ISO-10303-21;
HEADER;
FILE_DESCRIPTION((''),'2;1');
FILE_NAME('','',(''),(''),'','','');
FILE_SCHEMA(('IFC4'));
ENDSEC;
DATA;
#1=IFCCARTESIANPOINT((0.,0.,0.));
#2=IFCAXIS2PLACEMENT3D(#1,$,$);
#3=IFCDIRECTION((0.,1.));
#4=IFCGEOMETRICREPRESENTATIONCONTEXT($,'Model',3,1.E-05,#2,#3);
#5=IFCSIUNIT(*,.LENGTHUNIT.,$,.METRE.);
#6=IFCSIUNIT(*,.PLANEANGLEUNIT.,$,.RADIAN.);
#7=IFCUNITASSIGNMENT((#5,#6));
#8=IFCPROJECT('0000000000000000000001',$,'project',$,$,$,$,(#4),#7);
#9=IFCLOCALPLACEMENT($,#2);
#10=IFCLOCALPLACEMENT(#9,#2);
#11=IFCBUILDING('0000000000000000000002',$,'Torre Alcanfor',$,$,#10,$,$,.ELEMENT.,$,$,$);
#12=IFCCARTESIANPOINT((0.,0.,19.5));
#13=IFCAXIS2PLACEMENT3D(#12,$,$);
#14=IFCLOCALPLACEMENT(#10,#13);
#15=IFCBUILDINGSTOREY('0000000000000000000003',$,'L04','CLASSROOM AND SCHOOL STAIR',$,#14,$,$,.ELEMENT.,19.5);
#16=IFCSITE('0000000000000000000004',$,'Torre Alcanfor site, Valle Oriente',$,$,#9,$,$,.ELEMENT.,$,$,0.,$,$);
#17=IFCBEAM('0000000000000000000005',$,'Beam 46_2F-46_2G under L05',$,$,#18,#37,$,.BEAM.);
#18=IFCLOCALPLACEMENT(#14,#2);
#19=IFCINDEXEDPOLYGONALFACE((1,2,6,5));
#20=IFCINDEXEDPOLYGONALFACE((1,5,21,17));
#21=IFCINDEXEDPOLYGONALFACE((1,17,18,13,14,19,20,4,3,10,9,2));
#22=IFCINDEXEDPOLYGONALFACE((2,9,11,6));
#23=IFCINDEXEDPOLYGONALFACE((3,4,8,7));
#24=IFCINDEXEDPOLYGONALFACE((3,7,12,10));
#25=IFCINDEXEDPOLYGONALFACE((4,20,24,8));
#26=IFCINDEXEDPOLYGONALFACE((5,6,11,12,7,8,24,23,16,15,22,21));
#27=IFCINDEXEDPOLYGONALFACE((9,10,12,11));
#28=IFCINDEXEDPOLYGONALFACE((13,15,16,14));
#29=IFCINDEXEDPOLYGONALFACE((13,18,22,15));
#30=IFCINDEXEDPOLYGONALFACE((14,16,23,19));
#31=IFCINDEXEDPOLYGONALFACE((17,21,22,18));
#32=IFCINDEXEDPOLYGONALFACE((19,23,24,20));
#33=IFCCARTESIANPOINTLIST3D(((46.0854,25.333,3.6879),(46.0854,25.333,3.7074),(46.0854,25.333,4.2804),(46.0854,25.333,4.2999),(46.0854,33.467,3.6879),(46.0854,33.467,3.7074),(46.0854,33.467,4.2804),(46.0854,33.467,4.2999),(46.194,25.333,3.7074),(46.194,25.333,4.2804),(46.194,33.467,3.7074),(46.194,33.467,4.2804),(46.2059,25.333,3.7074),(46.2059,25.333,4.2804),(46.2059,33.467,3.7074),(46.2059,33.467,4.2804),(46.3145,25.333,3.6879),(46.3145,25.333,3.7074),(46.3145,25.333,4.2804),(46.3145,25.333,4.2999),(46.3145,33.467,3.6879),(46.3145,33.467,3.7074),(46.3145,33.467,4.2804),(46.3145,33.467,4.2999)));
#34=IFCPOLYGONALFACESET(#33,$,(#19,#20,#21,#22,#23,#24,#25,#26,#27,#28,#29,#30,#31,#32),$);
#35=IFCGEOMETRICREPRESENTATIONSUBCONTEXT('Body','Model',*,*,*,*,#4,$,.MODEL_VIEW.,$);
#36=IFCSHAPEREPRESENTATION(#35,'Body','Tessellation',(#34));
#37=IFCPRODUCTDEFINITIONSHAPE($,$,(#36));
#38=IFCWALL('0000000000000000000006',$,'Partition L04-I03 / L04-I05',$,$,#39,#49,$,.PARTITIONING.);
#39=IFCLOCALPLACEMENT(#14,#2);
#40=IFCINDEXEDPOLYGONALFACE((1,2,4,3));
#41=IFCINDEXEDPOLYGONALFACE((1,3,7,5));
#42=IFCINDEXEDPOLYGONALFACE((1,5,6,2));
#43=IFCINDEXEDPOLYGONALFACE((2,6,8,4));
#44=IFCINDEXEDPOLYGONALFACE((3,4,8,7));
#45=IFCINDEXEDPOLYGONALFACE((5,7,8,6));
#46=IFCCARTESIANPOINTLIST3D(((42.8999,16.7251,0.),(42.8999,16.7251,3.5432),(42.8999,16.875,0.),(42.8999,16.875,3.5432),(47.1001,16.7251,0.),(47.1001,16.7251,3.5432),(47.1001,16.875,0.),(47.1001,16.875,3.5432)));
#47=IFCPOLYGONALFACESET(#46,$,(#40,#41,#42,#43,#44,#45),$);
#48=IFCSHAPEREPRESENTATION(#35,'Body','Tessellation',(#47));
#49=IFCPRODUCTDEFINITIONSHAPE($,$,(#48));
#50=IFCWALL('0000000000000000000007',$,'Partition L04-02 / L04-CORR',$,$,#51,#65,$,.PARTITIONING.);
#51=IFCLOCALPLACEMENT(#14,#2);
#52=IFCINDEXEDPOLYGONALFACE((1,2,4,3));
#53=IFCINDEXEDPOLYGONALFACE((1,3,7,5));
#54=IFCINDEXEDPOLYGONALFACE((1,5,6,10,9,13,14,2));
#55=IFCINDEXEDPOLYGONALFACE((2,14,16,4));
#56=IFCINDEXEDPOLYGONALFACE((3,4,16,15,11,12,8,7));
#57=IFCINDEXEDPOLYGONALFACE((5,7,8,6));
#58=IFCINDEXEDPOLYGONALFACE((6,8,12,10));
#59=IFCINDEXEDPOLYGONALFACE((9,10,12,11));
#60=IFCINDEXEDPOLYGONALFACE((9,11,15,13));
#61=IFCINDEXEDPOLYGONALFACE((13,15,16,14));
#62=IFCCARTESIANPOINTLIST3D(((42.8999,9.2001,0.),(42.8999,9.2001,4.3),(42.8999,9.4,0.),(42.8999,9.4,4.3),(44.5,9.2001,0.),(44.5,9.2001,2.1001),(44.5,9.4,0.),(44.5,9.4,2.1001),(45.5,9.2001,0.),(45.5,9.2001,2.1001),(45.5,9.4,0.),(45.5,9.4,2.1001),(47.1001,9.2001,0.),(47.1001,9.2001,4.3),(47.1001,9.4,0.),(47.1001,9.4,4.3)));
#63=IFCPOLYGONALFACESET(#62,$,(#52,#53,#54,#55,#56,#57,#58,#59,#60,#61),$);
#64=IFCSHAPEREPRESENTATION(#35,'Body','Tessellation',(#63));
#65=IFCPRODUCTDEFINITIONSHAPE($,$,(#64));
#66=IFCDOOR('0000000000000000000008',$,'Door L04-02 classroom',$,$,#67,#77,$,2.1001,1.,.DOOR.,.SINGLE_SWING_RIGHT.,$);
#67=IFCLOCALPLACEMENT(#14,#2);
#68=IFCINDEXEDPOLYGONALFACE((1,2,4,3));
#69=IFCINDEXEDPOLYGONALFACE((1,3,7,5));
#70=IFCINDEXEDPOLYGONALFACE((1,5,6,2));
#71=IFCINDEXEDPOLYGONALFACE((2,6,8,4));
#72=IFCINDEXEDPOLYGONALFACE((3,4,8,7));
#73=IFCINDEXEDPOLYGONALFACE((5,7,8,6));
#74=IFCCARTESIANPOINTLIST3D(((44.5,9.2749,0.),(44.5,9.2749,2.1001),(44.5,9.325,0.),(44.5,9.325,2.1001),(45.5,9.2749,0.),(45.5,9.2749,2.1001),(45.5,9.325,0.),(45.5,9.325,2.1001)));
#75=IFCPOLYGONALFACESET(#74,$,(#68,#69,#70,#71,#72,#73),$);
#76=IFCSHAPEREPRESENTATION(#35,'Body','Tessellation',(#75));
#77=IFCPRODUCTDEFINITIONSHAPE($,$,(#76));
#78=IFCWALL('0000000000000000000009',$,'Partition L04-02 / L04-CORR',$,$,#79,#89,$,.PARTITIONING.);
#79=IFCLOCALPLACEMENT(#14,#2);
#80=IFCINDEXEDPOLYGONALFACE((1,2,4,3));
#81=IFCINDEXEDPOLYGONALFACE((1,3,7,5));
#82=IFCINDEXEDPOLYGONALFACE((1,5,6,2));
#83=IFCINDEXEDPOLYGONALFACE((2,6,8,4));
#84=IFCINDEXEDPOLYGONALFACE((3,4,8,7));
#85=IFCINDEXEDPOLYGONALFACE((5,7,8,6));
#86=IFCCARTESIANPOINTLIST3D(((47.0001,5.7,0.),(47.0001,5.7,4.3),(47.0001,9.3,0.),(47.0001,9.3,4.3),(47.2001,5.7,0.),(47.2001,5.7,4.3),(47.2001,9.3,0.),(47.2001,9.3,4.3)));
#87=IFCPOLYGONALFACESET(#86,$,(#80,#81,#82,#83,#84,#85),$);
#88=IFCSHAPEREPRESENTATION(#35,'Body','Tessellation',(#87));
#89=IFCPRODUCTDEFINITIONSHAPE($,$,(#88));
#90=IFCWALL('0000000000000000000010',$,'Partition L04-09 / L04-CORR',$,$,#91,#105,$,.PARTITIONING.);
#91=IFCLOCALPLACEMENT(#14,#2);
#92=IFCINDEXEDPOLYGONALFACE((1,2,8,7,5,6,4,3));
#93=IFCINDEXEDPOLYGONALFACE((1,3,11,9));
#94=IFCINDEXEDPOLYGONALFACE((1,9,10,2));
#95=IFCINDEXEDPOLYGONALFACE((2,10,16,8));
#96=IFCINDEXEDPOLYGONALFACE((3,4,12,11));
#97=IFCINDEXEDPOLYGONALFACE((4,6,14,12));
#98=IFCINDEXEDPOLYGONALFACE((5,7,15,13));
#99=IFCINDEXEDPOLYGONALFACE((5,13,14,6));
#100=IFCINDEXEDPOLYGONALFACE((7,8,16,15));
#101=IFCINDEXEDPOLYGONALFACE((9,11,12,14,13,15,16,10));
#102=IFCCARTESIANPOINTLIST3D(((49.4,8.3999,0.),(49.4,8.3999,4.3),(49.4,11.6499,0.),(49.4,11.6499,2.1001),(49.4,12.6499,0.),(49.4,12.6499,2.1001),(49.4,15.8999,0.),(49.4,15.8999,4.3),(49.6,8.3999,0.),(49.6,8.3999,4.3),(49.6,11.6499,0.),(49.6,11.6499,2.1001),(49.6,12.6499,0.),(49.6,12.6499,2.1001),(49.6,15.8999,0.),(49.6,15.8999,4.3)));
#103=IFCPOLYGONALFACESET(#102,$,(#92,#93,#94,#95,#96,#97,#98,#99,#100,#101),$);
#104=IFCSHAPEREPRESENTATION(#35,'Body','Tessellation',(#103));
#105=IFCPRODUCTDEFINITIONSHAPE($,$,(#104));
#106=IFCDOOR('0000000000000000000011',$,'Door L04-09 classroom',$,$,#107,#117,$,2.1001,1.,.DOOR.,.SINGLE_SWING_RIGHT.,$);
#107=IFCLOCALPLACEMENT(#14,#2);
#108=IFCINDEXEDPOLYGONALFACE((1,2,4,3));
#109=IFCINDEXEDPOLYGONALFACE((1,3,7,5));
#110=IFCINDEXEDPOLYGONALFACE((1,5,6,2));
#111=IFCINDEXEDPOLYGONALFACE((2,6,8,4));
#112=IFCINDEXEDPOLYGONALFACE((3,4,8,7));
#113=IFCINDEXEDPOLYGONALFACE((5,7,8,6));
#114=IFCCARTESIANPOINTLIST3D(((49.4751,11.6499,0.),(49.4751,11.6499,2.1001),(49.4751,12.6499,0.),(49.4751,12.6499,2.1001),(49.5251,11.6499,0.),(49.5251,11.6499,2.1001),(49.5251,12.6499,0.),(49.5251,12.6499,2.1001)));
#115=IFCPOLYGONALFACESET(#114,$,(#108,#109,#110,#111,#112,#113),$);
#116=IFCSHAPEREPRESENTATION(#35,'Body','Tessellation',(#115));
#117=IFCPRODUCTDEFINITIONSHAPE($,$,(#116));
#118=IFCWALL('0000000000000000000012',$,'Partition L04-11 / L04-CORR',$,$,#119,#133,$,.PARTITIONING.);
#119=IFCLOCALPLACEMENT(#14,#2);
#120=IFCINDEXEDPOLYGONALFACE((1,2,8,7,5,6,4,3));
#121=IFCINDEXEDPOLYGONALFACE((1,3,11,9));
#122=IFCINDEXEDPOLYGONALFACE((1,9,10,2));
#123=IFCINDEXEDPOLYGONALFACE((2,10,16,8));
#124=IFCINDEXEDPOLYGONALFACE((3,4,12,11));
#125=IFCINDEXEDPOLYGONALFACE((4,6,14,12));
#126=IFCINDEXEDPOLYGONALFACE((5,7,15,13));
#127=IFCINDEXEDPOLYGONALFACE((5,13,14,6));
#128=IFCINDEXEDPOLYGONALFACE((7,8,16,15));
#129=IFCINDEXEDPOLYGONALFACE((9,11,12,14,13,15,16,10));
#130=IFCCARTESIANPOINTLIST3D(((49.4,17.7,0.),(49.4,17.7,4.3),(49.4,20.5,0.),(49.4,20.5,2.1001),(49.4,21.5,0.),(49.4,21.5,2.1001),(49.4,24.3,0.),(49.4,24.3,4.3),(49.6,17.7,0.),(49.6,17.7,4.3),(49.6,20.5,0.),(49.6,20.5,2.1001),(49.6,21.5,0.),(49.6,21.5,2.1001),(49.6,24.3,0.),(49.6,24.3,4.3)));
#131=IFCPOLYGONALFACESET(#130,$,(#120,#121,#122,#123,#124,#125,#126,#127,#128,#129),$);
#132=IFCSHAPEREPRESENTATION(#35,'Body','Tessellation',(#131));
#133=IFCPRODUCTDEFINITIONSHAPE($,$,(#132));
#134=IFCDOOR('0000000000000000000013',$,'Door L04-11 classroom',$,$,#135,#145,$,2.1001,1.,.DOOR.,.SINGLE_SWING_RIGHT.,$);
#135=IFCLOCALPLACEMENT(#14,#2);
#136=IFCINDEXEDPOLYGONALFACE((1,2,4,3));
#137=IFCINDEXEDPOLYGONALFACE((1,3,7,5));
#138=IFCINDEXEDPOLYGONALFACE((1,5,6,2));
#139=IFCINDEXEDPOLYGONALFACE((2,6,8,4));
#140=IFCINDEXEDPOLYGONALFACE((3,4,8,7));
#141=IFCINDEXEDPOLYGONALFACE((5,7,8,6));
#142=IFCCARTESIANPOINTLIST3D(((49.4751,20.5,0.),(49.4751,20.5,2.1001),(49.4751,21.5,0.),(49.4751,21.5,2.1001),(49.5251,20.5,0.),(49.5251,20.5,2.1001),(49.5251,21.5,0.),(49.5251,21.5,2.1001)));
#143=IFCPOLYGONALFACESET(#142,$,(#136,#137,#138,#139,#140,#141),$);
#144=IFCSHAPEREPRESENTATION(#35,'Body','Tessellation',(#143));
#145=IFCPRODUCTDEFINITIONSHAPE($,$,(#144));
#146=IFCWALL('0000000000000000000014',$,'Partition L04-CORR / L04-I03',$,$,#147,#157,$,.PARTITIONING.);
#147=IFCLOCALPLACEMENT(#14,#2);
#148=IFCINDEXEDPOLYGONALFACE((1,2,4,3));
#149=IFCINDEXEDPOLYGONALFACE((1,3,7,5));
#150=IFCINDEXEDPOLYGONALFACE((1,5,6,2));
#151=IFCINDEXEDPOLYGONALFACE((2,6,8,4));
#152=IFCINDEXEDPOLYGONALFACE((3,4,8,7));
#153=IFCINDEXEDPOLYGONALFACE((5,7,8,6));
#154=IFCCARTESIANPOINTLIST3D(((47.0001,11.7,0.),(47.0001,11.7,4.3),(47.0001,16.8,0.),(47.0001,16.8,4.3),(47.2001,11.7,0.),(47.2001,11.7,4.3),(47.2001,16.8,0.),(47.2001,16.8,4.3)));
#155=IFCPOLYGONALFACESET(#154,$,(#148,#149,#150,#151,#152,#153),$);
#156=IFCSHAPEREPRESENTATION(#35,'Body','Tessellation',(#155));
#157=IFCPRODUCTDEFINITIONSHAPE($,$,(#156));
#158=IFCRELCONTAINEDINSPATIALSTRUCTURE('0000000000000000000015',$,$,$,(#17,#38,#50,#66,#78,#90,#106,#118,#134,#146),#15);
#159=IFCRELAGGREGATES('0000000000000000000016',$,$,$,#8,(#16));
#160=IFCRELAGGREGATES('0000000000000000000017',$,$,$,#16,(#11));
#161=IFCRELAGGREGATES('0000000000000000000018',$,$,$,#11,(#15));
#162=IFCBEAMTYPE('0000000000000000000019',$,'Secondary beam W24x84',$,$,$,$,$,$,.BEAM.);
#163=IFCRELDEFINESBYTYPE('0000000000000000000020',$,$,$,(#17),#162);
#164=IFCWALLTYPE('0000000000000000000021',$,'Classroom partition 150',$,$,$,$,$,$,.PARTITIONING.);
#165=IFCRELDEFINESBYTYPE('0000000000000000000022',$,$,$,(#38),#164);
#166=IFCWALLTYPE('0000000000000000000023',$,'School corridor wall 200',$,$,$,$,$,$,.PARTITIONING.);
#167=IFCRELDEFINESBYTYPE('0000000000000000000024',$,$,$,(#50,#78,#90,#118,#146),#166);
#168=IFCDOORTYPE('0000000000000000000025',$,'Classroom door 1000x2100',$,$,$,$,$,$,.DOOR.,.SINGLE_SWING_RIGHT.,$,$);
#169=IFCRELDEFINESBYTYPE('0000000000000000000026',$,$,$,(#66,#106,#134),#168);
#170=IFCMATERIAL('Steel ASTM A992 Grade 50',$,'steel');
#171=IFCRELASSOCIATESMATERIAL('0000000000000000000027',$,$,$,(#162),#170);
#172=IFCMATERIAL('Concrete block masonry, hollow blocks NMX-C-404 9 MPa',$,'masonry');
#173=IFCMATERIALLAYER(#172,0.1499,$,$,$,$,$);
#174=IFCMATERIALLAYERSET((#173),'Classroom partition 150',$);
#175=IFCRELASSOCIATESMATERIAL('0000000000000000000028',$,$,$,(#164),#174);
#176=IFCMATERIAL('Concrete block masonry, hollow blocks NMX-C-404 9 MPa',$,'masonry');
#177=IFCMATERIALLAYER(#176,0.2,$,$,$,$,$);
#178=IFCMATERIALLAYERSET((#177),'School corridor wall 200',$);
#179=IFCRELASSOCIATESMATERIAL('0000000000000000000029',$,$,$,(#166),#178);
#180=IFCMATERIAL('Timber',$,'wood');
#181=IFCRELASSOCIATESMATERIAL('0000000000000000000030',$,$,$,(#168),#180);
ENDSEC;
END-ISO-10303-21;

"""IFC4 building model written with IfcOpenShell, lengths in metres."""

from ifc_helpers import new_model, si_unit, direction, frame, frame_2d, origin, origin_2d, place, context, subcontext, project, spatial, rectangle, i_section, extrude, material, layer, layer_set, material_profile, profile_set, type_object, element, fill, save


model = new_model("IFC4")

# Units and contexts
model_context = context("Model", 3, precision=1e-05, world=origin(), true_north=direction((0.0, 1.0)))
body_context = subcontext(model_context, "Body", "Model", "MODEL_VIEW")
ifc_project = project(units=[si_unit("LENGTHUNIT", "METRE"), si_unit("PLANEANGLEUNIT", "RADIAN")], contexts=[model_context])

# Site, building, storey
site_placement = place(None, origin())
site = spatial("IfcSite", under=ifc_project, at=site_placement, Name="Torre Alcanfor site, Valle Oriente", CompositionType="ELEMENT", RefElevation=0.0)
building_placement = place(site_placement, origin())
building = spatial("IfcBuilding", under=site, at=building_placement, Name="Torre Alcanfor", CompositionType="ELEMENT")
storey_placement = place(building_placement, frame((0.0, 0.0, 19.5)))
storey = spatial("IfcBuildingStorey", under=building, at=storey_placement, Name="L04", Description="CLASSROOM AND SCHOOL STAIR", CompositionType="ELEMENT", Elevation=19.5)

# Beam
ifc_material_1 = material(Name="Steel ASTM A992 Grade 50", Category="steel")
ifc_material_profile_1 = material_profile(ifc_material_1, i_section(OverallWidth=0.229, OverallDepth=0.6121, WebThickness=0.012, FlangeThickness=0.0195, at=origin_2d()), Name="W24x84")
ifc_profile_set_1 = profile_set([ifc_material_profile_1], Name="Steel ASTM A992 Grade 50")
beam_type_1 = type_object("IfcBeamType", Name="Secondary beam W24x84", PredefinedType="BEAM", material=ifc_profile_set_1)
beam_1_placement = place(storey_placement, frame((46.2, 25.333, 3.9939), z_axis=(0.0, 1.0, 0.0), x_axis=(-1.0, 0.0, 0.0)))
element("IfcBeam", 1, at=beam_1_placement, inside=storey, type_object=beam_type_1, Name="Beam 46_2F-46_2G under L05", PredefinedType="BEAM", context=body_context, shape_type="SweptSolid", body=[
    extrude(i_section(OverallWidth=0.229, OverallDepth=0.6121, WebThickness=0.012, FlangeThickness=0.0195, at=origin_2d()), origin(), (0.0, 0.0, 1.0), 8.134),
])

# Wall
ifc_material_2 = material(Name="Concrete block masonry, hollow blocks NMX-C-404 9 MPa", Category="masonry")
ifc_layer_1 = layer(ifc_material_2, 0.1499)
ifc_layer_set_1 = layer_set([ifc_layer_1], Name="Classroom partition 150")
wall_type_1 = type_object("IfcWallType", Name="Classroom partition 150", PredefinedType="PARTITIONING", material=ifc_layer_set_1)
wall_1_placement = place(storey_placement, frame((42.8999, 16.8, 0.0), z_axis=(0.0, 0.0, 1.0), x_axis=(1.0, 0.0, 0.0)))
element("IfcWall", 2, at=wall_1_placement, inside=storey, type_object=wall_type_1, Name="Partition L04-I03 / L04-I05", PredefinedType="PARTITIONING", context=body_context, shape_type="SweptSolid", body=[
    extrude(rectangle(XDim=4.2002, YDim=0.1499, at=frame_2d((2.1001, 0.0))), origin(), (0.0, 0.0, 1.0), 3.5432),
])

# Wall, opening, door
ifc_material_3 = material(Name="Concrete block masonry, hollow blocks NMX-C-404 9 MPa", Category="masonry")
ifc_layer_2 = layer(ifc_material_3, 0.2)
ifc_layer_set_2 = layer_set([ifc_layer_2], Name="School corridor wall 200")
wall_type_2 = type_object("IfcWallType", Name="School corridor wall 200", PredefinedType="PARTITIONING", material=ifc_layer_set_2)
wall_2_placement = place(storey_placement, frame((42.8999, 9.3, 0.0), z_axis=(0.0, 0.0, 1.0), x_axis=(1.0, 0.0, 0.0)))
wall_2 = element("IfcWall", 3, at=wall_2_placement, inside=storey, type_object=wall_type_2, Name="Partition L04-02 / L04-CORR", PredefinedType="PARTITIONING", context=body_context, shape_type="SweptSolid", body=[
    extrude(rectangle(XDim=4.2002, YDim=0.2, at=frame_2d((2.1001, 0.0))), origin(), (0.0, 0.0, 1.0), 4.3),
])
opening_1_placement = place(wall_2_placement, frame((1.6001, 0.0, 0.0)))
opening_1 = element("IfcOpeningElement", 4, at=opening_1_placement, cuts=wall_2, PredefinedType="OPENING", context=body_context, shape_type="SweptSolid", body=[
    extrude(rectangle(XDim=1.0, YDim=2.1001, at=frame_2d((0.5, 1.05))), frame((0.0, 0.1099, 0.0), z_axis=(0.0, -1.0, 0.0), x_axis=(1.0, 0.0, 0.0)), (0.0, 0.0, 1.0), 0.22),
])
ifc_material_4 = material(Name="Timber", Category="wood")
door_type_1 = type_object("IfcDoorType", Name="Classroom door 1000x2100", OperationType="SINGLE_SWING_RIGHT", PredefinedType="DOOR", material=ifc_material_4)
door_1_placement = place(opening_1_placement, frame((1.0, 0.0, 0.0), z_axis=(0.0, 0.0, 1.0), x_axis=(-1.0, 0.0, 0.0)))
door_1 = element("IfcDoor", 5, at=door_1_placement, inside=storey, type_object=door_type_1, Name="Door L04-02 classroom", OperationType="SINGLE_SWING_RIGHT", OverallHeight=2.1001, OverallWidth=1.0, PredefinedType="DOOR", context=body_context, shape_type="SweptSolid", body=[
    extrude(rectangle(XDim=1.0, YDim=2.1001, at=frame_2d((0.5, 1.05))), frame((0.0, 0.0251, 0.0), z_axis=(0.0, -1.0, 0.0), x_axis=(1.0, 0.0, 0.0)), (0.0, 0.0, 1.0), 0.05),
])
fill(opening_1, door_1)

# Wall
wall_3_placement = place(storey_placement, frame((47.1001, 9.3, 0.0), z_axis=(0.0, 0.0, 1.0), x_axis=(0.0, -1.0, 0.0)))
element("IfcWall", 6, at=wall_3_placement, inside=storey, type_object=wall_type_2, Name="Partition L04-02 / L04-CORR", PredefinedType="PARTITIONING", context=body_context, shape_type="SweptSolid", body=[
    extrude(rectangle(XDim=3.6001, YDim=0.2, at=frame_2d((1.8, 0.0))), origin(), (0.0, 0.0, 1.0), 4.3),
])

# Walls, openings, doors
wall_4_placement = place(storey_placement, frame((49.5, 8.3999, 0.0), z_axis=(0.0, 0.0, 1.0), x_axis=(0.0, 1.0, 0.0)))
wall_4 = element("IfcWall", 7, at=wall_4_placement, inside=storey, type_object=wall_type_2, Name="Partition L04-09 / L04-CORR", PredefinedType="PARTITIONING", context=body_context, shape_type="SweptSolid", body=[
    extrude(rectangle(XDim=7.5, YDim=0.2, at=frame_2d((3.75, 0.0))), origin(), (0.0, 0.0, 1.0), 4.3),
])
opening_2_placement = place(wall_4_placement, frame((3.25, 0.0, 0.0)))
opening_2 = element("IfcOpeningElement", 8, at=opening_2_placement, cuts=wall_4, PredefinedType="OPENING", context=body_context, shape_type="SweptSolid", body=[
    extrude(rectangle(XDim=1.0, YDim=2.1001, at=frame_2d((0.5, 1.05))), frame((0.0, 0.1099, 0.0), z_axis=(0.0, -1.0, 0.0), x_axis=(1.0, 0.0, 0.0)), (0.0, 0.0, 1.0), 0.22),
])
door_2_placement = place(opening_2_placement, frame((1.0, 0.0, 0.0), z_axis=(0.0, 0.0, 1.0), x_axis=(-1.0, 0.0, 0.0)))
door_2 = element("IfcDoor", 9, at=door_2_placement, inside=storey, type_object=door_type_1, Name="Door L04-09 classroom", OperationType="SINGLE_SWING_RIGHT", OverallHeight=2.1001, OverallWidth=1.0, PredefinedType="DOOR", context=body_context, shape_type="SweptSolid", body=[
    extrude(rectangle(XDim=1.0, YDim=2.1001, at=frame_2d((0.5, 1.05))), frame((0.0, 0.0251, 0.0), z_axis=(0.0, -1.0, 0.0), x_axis=(1.0, 0.0, 0.0)), (0.0, 0.0, 1.0), 0.05),
])
fill(opening_2, door_2)
wall_5_placement = place(storey_placement, frame((49.5, 17.7, 0.0), z_axis=(0.0, 0.0, 1.0), x_axis=(0.0, 1.0, 0.0)))
wall_5 = element("IfcWall", 10, at=wall_5_placement, inside=storey, type_object=wall_type_2, Name="Partition L04-11 / L04-CORR", PredefinedType="PARTITIONING", context=body_context, shape_type="SweptSolid", body=[
    extrude(rectangle(XDim=6.6001, YDim=0.2, at=frame_2d((3.3, 0.0))), origin(), (0.0, 0.0, 1.0), 4.3),
])
opening_3_placement = place(wall_5_placement, frame((2.8, 0.0, 0.0)))
opening_3 = element("IfcOpeningElement", 11, at=opening_3_placement, cuts=wall_5, PredefinedType="OPENING", context=body_context, shape_type="SweptSolid", body=[
    extrude(rectangle(XDim=1.0, YDim=2.1001, at=frame_2d((0.5, 1.05))), frame((0.0, 0.1099, 0.0), z_axis=(0.0, -1.0, 0.0), x_axis=(1.0, 0.0, 0.0)), (0.0, 0.0, 1.0), 0.22),
])
door_3_placement = place(opening_3_placement, frame((1.0, 0.0, 0.0), z_axis=(0.0, 0.0, 1.0), x_axis=(-1.0, 0.0, 0.0)))
door_3 = element("IfcDoor", 12, at=door_3_placement, inside=storey, type_object=door_type_1, Name="Door L04-11 classroom", OperationType="SINGLE_SWING_RIGHT", OverallHeight=2.1001, OverallWidth=1.0, PredefinedType="DOOR", context=body_context, shape_type="SweptSolid", body=[
    extrude(rectangle(XDim=1.0, YDim=2.1001, at=frame_2d((0.5, 1.05))), frame((0.0, 0.0251, 0.0), z_axis=(0.0, -1.0, 0.0), x_axis=(1.0, 0.0, 0.0)), (0.0, 0.0, 1.0), 0.05),
])
fill(opening_3, door_3)

# Wall
wall_6_placement = place(storey_placement, frame((47.1001, 11.7, 0.0), z_axis=(0.0, 0.0, 1.0), x_axis=(0.0, 1.0, 0.0)))
element("IfcWall", 13, at=wall_6_placement, inside=storey, type_object=wall_type_2, Name="Partition L04-CORR / L04-I03", PredefinedType="PARTITIONING", context=body_context, shape_type="SweptSolid", body=[
    extrude(rectangle(XDim=5.1001, YDim=0.2, at=frame_2d((2.55, 0.0))), origin(), (0.0, 0.0, 1.0), 4.3),
])

save(model, "model.ifc")
